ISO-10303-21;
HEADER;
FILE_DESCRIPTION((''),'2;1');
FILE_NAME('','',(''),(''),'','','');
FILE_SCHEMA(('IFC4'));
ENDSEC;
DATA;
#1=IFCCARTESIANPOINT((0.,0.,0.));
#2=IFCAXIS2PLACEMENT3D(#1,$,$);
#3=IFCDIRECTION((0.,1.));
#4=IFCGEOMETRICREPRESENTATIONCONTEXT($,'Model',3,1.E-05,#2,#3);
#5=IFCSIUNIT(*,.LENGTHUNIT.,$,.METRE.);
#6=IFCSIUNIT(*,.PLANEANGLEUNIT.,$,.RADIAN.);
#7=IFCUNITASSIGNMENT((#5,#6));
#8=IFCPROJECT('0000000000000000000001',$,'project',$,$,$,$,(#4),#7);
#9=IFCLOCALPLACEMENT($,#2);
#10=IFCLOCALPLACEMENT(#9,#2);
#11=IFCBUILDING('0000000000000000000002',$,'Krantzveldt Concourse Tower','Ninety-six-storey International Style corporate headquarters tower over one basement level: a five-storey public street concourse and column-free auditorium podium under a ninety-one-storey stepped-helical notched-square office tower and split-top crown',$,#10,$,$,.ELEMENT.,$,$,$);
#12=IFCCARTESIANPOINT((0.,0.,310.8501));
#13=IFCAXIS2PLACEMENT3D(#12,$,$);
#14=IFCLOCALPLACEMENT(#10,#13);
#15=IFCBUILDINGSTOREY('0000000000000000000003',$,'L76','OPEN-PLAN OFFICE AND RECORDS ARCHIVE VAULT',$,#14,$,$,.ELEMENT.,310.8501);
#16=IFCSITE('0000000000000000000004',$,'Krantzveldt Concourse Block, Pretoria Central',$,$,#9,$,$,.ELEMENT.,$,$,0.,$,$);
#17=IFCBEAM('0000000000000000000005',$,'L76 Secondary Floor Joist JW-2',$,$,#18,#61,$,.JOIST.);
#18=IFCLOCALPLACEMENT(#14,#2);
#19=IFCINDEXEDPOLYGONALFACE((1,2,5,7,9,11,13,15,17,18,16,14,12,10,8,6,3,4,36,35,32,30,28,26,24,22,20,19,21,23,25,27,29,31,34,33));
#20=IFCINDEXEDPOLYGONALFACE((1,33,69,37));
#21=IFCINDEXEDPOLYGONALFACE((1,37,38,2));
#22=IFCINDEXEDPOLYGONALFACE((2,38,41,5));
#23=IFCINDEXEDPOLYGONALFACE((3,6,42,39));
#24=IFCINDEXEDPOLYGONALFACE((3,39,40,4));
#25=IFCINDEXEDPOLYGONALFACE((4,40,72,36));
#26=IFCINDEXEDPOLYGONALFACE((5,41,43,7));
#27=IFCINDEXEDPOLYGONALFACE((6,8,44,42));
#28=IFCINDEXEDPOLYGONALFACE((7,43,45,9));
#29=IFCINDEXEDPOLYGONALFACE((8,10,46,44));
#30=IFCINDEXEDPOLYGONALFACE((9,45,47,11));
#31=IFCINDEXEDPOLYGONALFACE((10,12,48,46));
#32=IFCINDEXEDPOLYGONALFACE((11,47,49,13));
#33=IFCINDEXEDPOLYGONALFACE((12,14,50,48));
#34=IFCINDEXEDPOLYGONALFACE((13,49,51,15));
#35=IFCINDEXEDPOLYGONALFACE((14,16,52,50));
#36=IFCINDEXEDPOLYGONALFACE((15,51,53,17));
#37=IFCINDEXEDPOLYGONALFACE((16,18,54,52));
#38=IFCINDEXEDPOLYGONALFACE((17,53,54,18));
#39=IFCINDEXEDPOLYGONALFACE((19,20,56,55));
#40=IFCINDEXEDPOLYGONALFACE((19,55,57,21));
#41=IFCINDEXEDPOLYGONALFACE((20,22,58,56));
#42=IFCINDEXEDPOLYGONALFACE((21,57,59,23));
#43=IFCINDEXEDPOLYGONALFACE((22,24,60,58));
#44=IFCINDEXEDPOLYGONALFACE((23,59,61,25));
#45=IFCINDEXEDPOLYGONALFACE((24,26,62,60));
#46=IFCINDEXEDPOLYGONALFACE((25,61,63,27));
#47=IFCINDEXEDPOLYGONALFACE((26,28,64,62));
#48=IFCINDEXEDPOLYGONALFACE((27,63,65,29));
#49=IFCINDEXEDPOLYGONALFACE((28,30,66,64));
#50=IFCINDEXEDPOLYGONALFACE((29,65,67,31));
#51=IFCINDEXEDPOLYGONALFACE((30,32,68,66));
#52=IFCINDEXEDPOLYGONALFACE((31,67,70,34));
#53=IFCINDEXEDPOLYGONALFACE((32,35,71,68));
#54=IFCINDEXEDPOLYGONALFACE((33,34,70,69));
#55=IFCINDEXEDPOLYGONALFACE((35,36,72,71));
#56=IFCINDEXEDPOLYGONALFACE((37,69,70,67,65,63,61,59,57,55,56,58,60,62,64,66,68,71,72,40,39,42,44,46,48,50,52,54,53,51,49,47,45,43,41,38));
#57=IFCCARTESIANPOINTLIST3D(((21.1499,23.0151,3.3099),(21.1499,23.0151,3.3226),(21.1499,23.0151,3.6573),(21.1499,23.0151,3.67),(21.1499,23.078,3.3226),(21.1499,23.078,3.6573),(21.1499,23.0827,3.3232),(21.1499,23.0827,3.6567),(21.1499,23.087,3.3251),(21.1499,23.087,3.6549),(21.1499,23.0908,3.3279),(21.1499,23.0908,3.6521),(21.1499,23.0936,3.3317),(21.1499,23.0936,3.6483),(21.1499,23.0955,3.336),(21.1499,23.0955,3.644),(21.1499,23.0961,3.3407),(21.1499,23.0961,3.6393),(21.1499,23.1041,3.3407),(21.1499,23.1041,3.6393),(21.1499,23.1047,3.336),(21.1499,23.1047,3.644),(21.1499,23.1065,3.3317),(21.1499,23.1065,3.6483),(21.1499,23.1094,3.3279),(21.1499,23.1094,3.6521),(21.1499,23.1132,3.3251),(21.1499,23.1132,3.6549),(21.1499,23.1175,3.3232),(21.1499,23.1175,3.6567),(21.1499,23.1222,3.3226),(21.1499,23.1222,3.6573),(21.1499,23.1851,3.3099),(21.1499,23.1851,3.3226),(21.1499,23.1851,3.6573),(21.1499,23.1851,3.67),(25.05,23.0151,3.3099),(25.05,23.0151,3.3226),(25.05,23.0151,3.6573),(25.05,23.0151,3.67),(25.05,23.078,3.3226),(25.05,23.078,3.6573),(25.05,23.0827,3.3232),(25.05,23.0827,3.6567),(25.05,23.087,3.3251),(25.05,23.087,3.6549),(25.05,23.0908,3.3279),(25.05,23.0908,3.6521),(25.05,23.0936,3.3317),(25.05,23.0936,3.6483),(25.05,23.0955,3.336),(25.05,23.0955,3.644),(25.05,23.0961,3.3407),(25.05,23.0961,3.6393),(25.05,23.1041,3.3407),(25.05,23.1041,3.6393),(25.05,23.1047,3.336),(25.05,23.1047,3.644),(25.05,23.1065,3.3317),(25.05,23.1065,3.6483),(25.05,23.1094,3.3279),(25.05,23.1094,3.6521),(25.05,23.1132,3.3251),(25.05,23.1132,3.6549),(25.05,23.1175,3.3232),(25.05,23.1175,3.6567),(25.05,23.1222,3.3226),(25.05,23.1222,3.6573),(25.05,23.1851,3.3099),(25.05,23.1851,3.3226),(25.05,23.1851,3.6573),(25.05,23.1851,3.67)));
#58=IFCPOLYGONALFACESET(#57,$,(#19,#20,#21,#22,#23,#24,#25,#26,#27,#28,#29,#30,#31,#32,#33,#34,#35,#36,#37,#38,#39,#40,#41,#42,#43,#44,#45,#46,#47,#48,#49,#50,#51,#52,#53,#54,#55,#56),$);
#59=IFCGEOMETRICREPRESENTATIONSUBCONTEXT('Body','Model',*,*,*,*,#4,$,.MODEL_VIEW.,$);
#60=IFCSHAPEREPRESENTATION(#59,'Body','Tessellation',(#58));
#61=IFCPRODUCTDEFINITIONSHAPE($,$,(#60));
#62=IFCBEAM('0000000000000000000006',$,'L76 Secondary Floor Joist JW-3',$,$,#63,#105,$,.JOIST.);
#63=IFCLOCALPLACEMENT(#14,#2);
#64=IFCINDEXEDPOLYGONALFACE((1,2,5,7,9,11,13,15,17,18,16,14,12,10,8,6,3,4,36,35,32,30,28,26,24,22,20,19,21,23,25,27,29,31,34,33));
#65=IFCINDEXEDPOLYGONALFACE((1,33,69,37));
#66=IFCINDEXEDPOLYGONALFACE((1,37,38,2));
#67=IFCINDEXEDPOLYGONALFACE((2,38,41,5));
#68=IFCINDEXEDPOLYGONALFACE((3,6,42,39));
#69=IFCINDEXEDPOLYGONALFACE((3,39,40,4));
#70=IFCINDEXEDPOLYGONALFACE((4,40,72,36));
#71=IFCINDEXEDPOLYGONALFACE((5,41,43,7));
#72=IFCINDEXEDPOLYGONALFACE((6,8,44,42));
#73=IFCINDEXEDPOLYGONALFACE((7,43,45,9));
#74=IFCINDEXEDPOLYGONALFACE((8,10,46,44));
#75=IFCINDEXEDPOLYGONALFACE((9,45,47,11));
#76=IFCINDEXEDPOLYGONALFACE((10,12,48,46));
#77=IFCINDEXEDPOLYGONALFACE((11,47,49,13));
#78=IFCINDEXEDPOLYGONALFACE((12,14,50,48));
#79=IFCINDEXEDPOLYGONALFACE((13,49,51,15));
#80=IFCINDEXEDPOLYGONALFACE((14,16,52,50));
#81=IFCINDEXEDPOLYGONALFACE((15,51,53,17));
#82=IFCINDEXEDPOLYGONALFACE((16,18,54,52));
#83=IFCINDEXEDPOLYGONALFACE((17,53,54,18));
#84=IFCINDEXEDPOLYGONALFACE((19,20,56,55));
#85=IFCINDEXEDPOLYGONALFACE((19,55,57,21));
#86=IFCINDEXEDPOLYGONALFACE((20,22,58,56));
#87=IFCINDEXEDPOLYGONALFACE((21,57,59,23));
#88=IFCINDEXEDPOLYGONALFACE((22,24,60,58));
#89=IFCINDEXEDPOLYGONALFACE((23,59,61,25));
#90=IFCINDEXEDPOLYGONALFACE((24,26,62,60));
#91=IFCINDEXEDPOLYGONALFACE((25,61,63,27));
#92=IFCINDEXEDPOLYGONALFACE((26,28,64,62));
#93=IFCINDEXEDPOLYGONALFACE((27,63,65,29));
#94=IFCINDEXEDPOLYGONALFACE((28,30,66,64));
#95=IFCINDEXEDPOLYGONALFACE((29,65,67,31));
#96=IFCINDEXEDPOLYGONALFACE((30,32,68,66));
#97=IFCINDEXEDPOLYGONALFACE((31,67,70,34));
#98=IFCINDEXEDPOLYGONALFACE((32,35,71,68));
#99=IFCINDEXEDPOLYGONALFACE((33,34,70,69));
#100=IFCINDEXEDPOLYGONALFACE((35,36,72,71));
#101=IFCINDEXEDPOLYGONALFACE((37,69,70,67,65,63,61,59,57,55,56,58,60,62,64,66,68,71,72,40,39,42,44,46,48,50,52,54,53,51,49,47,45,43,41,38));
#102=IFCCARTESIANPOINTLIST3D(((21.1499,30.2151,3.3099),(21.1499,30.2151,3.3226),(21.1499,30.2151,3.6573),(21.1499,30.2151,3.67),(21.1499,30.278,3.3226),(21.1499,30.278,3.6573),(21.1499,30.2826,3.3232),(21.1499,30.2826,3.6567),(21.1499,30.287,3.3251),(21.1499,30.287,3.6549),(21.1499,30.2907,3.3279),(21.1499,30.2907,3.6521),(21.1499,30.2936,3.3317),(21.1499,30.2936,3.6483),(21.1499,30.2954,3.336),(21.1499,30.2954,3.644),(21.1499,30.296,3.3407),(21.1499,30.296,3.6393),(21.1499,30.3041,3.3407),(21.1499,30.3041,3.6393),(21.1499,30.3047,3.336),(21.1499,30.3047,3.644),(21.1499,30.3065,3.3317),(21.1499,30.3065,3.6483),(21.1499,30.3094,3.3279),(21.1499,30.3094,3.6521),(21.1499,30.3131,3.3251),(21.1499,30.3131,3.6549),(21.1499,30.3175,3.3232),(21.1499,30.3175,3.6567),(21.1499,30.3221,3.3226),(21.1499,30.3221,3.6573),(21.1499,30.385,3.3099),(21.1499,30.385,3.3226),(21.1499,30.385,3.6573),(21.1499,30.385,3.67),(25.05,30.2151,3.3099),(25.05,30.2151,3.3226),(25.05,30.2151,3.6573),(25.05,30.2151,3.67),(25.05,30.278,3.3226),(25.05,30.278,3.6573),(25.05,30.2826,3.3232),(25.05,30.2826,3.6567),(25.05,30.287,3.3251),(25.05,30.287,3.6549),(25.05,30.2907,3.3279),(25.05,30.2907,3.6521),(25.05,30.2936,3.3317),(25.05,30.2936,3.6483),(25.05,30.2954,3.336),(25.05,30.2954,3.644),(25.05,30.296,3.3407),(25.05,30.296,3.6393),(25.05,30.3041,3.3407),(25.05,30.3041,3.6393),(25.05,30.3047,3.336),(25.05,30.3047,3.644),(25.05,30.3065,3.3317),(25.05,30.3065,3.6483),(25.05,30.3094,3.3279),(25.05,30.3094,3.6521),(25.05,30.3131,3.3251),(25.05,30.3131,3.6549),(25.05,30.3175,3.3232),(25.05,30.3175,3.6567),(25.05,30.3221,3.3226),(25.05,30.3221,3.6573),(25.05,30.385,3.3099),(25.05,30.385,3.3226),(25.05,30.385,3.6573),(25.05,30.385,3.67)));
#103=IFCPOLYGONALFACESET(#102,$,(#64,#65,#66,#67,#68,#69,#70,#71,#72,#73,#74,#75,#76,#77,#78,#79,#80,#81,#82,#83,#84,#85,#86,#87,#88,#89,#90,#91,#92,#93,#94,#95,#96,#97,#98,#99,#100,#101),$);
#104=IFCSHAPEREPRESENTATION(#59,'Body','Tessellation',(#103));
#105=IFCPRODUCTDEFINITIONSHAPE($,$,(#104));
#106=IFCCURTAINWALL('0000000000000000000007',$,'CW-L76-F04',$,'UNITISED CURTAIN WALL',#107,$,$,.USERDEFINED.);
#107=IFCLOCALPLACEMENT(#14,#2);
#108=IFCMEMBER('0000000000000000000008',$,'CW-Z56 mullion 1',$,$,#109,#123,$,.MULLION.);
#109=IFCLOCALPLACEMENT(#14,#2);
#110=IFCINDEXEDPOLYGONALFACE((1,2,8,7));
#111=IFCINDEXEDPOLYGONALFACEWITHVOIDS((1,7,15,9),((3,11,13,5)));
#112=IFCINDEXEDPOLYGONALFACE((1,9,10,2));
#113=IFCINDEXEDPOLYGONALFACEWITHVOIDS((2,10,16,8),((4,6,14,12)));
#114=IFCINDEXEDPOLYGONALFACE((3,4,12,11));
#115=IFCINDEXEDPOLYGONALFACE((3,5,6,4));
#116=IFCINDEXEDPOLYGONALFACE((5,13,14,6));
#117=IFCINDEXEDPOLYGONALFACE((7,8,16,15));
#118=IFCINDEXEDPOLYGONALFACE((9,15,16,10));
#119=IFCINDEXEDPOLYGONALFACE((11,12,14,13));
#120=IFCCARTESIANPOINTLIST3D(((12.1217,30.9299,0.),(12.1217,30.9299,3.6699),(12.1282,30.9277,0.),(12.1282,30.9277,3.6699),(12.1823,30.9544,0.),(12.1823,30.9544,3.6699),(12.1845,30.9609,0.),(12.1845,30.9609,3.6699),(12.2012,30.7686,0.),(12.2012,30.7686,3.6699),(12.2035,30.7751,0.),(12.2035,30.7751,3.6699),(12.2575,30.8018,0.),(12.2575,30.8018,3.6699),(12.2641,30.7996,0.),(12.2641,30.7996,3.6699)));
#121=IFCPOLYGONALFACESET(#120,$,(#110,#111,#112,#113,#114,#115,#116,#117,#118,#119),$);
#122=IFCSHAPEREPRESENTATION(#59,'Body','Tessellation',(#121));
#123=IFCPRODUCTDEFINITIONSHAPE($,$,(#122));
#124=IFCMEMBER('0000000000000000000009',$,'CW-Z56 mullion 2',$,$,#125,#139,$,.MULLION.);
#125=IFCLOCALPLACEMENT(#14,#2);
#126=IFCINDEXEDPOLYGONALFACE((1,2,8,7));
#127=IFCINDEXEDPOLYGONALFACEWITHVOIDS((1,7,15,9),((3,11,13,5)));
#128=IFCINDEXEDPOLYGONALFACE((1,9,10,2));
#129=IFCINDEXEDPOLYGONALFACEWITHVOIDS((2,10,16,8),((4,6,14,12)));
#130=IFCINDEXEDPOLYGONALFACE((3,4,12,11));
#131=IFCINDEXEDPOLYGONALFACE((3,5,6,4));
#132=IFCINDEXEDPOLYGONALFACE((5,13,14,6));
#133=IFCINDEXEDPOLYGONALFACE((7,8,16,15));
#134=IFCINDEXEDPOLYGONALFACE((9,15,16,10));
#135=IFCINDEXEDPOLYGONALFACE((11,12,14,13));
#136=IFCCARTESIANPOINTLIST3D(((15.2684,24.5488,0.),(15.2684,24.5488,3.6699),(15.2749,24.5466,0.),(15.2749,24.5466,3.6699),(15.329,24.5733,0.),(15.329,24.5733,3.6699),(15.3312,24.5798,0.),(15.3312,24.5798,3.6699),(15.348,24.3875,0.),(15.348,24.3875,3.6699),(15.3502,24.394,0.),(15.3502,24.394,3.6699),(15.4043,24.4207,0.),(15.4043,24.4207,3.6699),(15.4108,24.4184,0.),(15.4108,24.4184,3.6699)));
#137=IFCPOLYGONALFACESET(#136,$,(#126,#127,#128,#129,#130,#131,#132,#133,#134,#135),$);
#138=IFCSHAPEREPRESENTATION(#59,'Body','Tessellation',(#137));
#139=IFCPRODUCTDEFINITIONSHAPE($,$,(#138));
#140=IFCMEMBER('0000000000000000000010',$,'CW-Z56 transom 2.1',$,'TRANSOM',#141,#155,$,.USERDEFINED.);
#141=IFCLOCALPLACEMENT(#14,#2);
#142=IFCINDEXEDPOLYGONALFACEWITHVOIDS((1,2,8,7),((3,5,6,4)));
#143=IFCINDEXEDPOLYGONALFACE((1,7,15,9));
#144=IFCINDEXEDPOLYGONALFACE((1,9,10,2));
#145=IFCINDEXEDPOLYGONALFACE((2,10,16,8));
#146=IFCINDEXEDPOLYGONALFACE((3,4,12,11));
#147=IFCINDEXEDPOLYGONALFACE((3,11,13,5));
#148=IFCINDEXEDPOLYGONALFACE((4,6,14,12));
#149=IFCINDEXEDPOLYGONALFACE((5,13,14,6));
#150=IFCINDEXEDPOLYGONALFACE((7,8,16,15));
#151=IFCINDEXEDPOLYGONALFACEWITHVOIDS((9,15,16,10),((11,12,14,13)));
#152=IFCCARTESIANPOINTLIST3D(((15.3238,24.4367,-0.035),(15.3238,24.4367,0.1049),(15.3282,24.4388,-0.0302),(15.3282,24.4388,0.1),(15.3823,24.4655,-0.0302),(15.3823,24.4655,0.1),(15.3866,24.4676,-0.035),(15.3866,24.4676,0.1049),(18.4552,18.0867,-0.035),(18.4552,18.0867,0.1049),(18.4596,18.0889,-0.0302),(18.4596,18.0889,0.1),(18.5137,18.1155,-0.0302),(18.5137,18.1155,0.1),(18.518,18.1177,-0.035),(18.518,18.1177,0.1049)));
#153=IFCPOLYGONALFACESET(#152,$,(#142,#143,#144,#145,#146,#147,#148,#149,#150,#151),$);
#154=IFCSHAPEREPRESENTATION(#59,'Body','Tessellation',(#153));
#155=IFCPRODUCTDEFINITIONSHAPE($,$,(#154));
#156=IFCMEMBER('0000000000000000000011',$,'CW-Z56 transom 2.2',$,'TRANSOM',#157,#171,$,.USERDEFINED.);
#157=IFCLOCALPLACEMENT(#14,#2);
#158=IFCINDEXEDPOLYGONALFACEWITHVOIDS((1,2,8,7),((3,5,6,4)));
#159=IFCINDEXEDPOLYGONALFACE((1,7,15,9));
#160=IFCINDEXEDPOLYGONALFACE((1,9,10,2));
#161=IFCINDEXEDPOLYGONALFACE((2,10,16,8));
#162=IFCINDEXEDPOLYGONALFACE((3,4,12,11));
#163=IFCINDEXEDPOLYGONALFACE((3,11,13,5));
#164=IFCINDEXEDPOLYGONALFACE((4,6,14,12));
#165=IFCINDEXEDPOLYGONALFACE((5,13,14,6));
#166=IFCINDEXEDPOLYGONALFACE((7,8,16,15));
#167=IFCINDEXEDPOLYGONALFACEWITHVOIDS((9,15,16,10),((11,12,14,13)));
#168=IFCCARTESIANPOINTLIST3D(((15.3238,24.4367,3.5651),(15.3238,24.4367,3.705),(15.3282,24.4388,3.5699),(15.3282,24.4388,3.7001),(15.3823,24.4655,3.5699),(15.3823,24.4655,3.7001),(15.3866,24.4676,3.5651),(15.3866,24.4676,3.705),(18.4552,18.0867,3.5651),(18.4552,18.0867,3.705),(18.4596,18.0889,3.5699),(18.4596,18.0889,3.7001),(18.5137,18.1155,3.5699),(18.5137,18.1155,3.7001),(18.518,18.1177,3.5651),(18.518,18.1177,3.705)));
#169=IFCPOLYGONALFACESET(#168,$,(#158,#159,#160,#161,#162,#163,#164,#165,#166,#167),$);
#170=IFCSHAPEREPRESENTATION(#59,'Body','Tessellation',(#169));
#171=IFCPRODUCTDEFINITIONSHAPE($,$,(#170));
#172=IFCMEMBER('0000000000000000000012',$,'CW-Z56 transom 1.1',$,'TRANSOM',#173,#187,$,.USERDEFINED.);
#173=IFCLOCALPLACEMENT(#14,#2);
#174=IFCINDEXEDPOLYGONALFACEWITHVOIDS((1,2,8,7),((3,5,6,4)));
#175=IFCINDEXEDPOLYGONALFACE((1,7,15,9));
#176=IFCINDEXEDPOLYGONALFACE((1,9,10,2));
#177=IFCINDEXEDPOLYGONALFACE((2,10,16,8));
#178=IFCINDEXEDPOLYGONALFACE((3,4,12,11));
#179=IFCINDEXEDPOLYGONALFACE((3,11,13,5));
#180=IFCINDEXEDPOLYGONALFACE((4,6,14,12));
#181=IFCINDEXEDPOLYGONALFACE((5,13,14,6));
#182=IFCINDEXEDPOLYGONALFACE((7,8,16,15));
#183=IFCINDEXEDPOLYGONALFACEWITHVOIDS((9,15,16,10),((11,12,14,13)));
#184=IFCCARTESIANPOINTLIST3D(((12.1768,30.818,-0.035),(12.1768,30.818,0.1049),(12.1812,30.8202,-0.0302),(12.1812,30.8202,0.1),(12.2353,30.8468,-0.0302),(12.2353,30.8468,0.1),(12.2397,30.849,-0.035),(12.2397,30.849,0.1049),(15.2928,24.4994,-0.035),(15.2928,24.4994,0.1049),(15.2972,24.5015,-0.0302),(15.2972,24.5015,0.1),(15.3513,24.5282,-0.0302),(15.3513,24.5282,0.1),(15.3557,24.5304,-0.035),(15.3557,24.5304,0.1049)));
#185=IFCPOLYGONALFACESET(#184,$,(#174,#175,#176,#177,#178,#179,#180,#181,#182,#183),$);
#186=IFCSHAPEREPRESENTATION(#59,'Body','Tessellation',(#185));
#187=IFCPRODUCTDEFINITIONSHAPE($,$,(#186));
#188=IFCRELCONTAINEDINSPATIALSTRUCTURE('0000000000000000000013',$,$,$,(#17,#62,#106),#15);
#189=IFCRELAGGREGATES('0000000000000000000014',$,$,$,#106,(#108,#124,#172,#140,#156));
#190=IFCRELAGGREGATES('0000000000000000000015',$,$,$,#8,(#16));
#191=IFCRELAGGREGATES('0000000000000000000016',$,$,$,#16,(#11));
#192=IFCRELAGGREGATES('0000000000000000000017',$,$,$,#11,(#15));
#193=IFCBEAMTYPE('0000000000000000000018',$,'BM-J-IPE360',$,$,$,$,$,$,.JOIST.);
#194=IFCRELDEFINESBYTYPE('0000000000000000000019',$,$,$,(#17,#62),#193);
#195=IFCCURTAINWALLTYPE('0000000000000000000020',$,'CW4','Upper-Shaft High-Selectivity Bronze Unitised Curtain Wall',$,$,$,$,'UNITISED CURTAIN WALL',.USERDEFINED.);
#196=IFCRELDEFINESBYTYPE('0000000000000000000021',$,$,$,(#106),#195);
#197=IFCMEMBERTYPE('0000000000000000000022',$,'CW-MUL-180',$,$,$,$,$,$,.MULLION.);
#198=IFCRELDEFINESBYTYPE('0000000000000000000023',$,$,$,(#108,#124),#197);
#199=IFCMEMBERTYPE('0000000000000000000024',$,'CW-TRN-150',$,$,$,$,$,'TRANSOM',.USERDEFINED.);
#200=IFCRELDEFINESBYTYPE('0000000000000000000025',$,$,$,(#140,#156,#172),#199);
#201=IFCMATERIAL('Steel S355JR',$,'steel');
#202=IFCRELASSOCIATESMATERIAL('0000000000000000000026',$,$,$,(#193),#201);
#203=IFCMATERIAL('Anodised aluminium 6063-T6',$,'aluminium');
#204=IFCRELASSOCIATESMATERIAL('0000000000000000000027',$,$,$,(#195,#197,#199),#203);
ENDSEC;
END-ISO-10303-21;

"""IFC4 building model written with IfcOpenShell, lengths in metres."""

from ifc_helpers import new_model, si_unit, direction, frame, origin, origin_2d, place, context, subcontext, project, spatial, hollow_rectangle, i_section, extrude, source, transform, mapped, material, material_profile, profile_set, type_object, type_shapes, element, aggregate, save


model = new_model("IFC4")

# Units and contexts
model_context = context("Model", 3, precision=1e-05, world=origin(), true_north=direction((0.0, 1.0)))
body_context = subcontext(model_context, "Body", "Model", "MODEL_VIEW")
ifc_project = project(units=[si_unit("LENGTHUNIT", "METRE"), si_unit("PLANEANGLEUNIT", "RADIAN")], contexts=[model_context])

# Site, building, storey
site_placement = place(None, origin())
site = spatial("IfcSite", under=ifc_project, at=site_placement, Name="Krantzveldt Concourse Block, Pretoria Central", CompositionType="ELEMENT", RefElevation=0.0)
building_placement = place(site_placement, origin())
building = spatial("IfcBuilding", under=site, at=building_placement, Name="Krantzveldt Concourse Tower", Description="Ninety-six-storey International Style corporate headquarters tower over one basement level: a five-storey public street concourse and column-free auditorium podium under a ninety-one-storey stepped-helical notched-square office tower and split-top crown", CompositionType="ELEMENT")
storey_placement = place(building_placement, frame((0.0, 0.0, 310.8501)))
storey = spatial("IfcBuildingStorey", under=building, at=storey_placement, Name="L76", Description="OPEN-PLAN OFFICE AND RECORDS ARCHIVE VAULT", CompositionType="ELEMENT", Elevation=310.8501)

# Beams
ifc_material_1 = material(Name="Steel S355JR", Category="steel")
ifc_material_profile_1 = material_profile(ifc_material_1, i_section(OverallWidth=0.1699, OverallDepth=0.3601, WebThickness=0.0081, FlangeThickness=0.0127, FilletRadius=0.0181, at=origin_2d()), Name="Steel S355JR", Category="steel")
ifc_profile_set_1 = profile_set([ifc_material_profile_1], Name="Steel S355JR - IPE 360")
beam_type_1 = type_object("IfcBeamType", Name="BM-J-IPE360", PredefinedType="JOIST", material=ifc_profile_set_1)
shared_shape_1 = source(origin(), body_context, "Body", "SweptSolid", [
    extrude(i_section(OverallWidth=0.1699, OverallDepth=0.3601, WebThickness=0.0081, FlangeThickness=0.0127, FilletRadius=0.0181, at=origin_2d()), origin(), (0.0, 0.0, 1.0), 3.9001),
])
for number, where, z_axis, x_axis, name in (
    (1, (21.1499, 23.1001, 3.49), (1.0, 0.0, 0.0), (0.0, 1.0, 0.0), "L76 Secondary Floor Joist JW-2"),
    (2, (21.1499, 30.3, 3.49), (1.0, 0.0, 0.0), (0.0, 1.0, 0.0), "L76 Secondary Floor Joist JW-3"),
):
    element("IfcBeam", number, at=place(storey_placement, frame(where, z_axis=z_axis, x_axis=x_axis)), inside=storey, type_object=beam_type_1, Name=name, PredefinedType="JOIST", context=body_context, shape_type="MappedRepresentation", body=[
        mapped(shared_shape_1, transform((0.0, 0.0, 0.0), x_axis=(1.0, 0.0, 0.0), y_axis=(0.0, 1.0, 0.0), z_axis=(0.0, 0.0, 1.0), scale=1.0)),
    ])

# Curtain wall, members
ifc_material_2 = material(Name="Anodised aluminium 6063-T6", Category="aluminium")
curtain_wall_type = type_object("IfcCurtainWallType", Name="CW4", Description="Upper-Shaft High-Selectivity Bronze Unitised Curtain Wall", ElementType="UNITISED CURTAIN WALL", PredefinedType="USERDEFINED", material=ifc_material_2)
curtain_wall_placement = place(storey_placement, origin())
curtain_wall = element("IfcCurtainWall", 3, at=curtain_wall_placement, inside=storey, type_object=curtain_wall_type, Name="CW-L76-F04", ObjectType="UNITISED CURTAIN WALL", PredefinedType="USERDEFINED")
ifc_material_profile_2 = material_profile(ifc_material_2, hollow_rectangle(XDim=0.0701, YDim=0.1799, WallThickness=0.0049, at=origin_2d()), Name="Anodised aluminium 6063-T6", Category="aluminium")
ifc_profile_set_2 = profile_set([ifc_material_profile_2], Name="Anodised aluminium 6063-T6 - ALU-MULL 180x70x5")
member_type_1 = type_object("IfcMemberType", Name="CW-MUL-180", PredefinedType="MULLION", material=ifc_profile_set_2)
shared_shape_2 = source(origin(), body_context, "Body", "SweptSolid", [
    extrude(hollow_rectangle(XDim=0.0701, YDim=0.1799, WallThickness=0.0049, at=origin_2d()), origin(), (0.0, 0.0, 1.0), 3.6699),
])
type_shapes(member_type_1, [shared_shape_2])
member_1_placement = place(storey_placement, frame((12.1929, 30.8647, 0.0), z_axis=(0.0, 0.0, 1.0), x_axis=(0.896873, 0.442289, 0.0)))
member_1 = element("IfcMember", 4, at=member_1_placement, type_object=member_type_1, Name="CW-Z56 mullion 1", PredefinedType="MULLION", context=body_context, shape_type="MappedRepresentation", body=[
    mapped(shared_shape_2, transform((0.0, 0.0, 0.0), x_axis=(1.0, 0.0, 0.0), y_axis=(0.0, 1.0, 0.0), z_axis=(0.0, 0.0, 1.0), scale=1.0)),
])
member_2_placement = place(storey_placement, frame((15.3396, 24.4836, 0.0), z_axis=(0.0, 0.0, 1.0), x_axis=(0.896873, 0.442289, 0.0)))
member_2 = element("IfcMember", 5, at=member_2_placement, type_object=member_type_1, Name="CW-Z56 mullion 2", PredefinedType="MULLION", context=body_context, shape_type="MappedRepresentation", body=[
    mapped(shared_shape_2, transform((0.0, 0.0, 0.0), x_axis=(1.0, 0.0, 0.0), y_axis=(0.0, 1.0, 0.0), z_axis=(0.0, 0.0, 1.0), scale=1.0)),
])
ifc_material_profile_3 = material_profile(ifc_material_2, hollow_rectangle(XDim=0.0701, YDim=0.1399, WallThickness=0.0049, at=origin_2d()), Name="Anodised aluminium 6063-T6", Category="aluminium")
ifc_profile_set_3 = profile_set([ifc_material_profile_3], Name="Anodised aluminium 6063-T6 - ALU-TRAN 140x70x5")
member_type_2 = type_object("IfcMemberType", Name="CW-TRN-150", ElementType="TRANSOM", PredefinedType="USERDEFINED", material=ifc_profile_set_3)
shared_shape_3 = source(origin(), body_context, "Body", "SweptSolid", [
    extrude(hollow_rectangle(XDim=0.0701, YDim=0.1399, WallThickness=0.0049, at=origin_2d()), origin(), (0.0, 0.0, 1.0), 7.0801),
])
member_3_placement = place(storey_placement, frame((15.3552, 24.4521, 0.0349), z_axis=(0.442283, -0.896876, 0.0), x_axis=(0.896876, 0.442283, 0.0)))
member_3 = element("IfcMember", 6, at=member_3_placement, type_object=member_type_2, Name="CW-Z56 transom 2.1", ObjectType="TRANSOM", PredefinedType="USERDEFINED", context=body_context, shape_type="MappedRepresentation", body=[
    mapped(shared_shape_3, transform((0.0, 0.0, 0.0), x_axis=(1.0, 0.0, 0.0), y_axis=(0.0, 1.0, 0.0), z_axis=(0.0, 0.0, 1.0), scale=1.0)),
])
member_4_placement = place(storey_placement, frame((15.3552, 24.4521, 3.635), z_axis=(0.442283, -0.896876, 0.0), x_axis=(0.896876, 0.442283, 0.0)))
member_4 = element("IfcMember", 7, at=member_4_placement, type_object=member_type_2, Name="CW-Z56 transom 2.2", ObjectType="TRANSOM", PredefinedType="USERDEFINED", context=body_context, shape_type="MappedRepresentation", body=[
    mapped(shared_shape_3, transform((0.0, 0.0, 0.0), x_axis=(1.0, 0.0, 0.0), y_axis=(0.0, 1.0, 0.0), z_axis=(0.0, 0.0, 1.0), scale=1.0)),
])
shared_shape_4 = source(origin(), body_context, "Body", "SweptSolid", [
    extrude(hollow_rectangle(XDim=0.0701, YDim=0.1399, WallThickness=0.0049, at=origin_2d()), origin(), (0.0, 0.0, 1.0), 7.0452),
])
type_shapes(member_type_2, [shared_shape_3, shared_shape_4])
member_5_placement = place(storey_placement, frame((12.2083, 30.8335, 0.0349), z_axis=(0.442286, -0.896874, 0.0), x_axis=(0.896874, 0.442286, 0.0)))
member_5 = element("IfcMember", 8, at=member_5_placement, type_object=member_type_2, Name="CW-Z56 transom 1.1", ObjectType="TRANSOM", PredefinedType="USERDEFINED", context=body_context, shape_type="MappedRepresentation", body=[
    mapped(shared_shape_4, transform((0.0, 0.0, 0.0), x_axis=(1.0, 0.0, 0.0), y_axis=(0.0, 1.0, 0.0), z_axis=(0.0, 0.0, 1.0), scale=1.0)),
])
aggregate(curtain_wall, [member_1, member_2, member_5, member_3, member_4])

save(model, "model.ifc")
